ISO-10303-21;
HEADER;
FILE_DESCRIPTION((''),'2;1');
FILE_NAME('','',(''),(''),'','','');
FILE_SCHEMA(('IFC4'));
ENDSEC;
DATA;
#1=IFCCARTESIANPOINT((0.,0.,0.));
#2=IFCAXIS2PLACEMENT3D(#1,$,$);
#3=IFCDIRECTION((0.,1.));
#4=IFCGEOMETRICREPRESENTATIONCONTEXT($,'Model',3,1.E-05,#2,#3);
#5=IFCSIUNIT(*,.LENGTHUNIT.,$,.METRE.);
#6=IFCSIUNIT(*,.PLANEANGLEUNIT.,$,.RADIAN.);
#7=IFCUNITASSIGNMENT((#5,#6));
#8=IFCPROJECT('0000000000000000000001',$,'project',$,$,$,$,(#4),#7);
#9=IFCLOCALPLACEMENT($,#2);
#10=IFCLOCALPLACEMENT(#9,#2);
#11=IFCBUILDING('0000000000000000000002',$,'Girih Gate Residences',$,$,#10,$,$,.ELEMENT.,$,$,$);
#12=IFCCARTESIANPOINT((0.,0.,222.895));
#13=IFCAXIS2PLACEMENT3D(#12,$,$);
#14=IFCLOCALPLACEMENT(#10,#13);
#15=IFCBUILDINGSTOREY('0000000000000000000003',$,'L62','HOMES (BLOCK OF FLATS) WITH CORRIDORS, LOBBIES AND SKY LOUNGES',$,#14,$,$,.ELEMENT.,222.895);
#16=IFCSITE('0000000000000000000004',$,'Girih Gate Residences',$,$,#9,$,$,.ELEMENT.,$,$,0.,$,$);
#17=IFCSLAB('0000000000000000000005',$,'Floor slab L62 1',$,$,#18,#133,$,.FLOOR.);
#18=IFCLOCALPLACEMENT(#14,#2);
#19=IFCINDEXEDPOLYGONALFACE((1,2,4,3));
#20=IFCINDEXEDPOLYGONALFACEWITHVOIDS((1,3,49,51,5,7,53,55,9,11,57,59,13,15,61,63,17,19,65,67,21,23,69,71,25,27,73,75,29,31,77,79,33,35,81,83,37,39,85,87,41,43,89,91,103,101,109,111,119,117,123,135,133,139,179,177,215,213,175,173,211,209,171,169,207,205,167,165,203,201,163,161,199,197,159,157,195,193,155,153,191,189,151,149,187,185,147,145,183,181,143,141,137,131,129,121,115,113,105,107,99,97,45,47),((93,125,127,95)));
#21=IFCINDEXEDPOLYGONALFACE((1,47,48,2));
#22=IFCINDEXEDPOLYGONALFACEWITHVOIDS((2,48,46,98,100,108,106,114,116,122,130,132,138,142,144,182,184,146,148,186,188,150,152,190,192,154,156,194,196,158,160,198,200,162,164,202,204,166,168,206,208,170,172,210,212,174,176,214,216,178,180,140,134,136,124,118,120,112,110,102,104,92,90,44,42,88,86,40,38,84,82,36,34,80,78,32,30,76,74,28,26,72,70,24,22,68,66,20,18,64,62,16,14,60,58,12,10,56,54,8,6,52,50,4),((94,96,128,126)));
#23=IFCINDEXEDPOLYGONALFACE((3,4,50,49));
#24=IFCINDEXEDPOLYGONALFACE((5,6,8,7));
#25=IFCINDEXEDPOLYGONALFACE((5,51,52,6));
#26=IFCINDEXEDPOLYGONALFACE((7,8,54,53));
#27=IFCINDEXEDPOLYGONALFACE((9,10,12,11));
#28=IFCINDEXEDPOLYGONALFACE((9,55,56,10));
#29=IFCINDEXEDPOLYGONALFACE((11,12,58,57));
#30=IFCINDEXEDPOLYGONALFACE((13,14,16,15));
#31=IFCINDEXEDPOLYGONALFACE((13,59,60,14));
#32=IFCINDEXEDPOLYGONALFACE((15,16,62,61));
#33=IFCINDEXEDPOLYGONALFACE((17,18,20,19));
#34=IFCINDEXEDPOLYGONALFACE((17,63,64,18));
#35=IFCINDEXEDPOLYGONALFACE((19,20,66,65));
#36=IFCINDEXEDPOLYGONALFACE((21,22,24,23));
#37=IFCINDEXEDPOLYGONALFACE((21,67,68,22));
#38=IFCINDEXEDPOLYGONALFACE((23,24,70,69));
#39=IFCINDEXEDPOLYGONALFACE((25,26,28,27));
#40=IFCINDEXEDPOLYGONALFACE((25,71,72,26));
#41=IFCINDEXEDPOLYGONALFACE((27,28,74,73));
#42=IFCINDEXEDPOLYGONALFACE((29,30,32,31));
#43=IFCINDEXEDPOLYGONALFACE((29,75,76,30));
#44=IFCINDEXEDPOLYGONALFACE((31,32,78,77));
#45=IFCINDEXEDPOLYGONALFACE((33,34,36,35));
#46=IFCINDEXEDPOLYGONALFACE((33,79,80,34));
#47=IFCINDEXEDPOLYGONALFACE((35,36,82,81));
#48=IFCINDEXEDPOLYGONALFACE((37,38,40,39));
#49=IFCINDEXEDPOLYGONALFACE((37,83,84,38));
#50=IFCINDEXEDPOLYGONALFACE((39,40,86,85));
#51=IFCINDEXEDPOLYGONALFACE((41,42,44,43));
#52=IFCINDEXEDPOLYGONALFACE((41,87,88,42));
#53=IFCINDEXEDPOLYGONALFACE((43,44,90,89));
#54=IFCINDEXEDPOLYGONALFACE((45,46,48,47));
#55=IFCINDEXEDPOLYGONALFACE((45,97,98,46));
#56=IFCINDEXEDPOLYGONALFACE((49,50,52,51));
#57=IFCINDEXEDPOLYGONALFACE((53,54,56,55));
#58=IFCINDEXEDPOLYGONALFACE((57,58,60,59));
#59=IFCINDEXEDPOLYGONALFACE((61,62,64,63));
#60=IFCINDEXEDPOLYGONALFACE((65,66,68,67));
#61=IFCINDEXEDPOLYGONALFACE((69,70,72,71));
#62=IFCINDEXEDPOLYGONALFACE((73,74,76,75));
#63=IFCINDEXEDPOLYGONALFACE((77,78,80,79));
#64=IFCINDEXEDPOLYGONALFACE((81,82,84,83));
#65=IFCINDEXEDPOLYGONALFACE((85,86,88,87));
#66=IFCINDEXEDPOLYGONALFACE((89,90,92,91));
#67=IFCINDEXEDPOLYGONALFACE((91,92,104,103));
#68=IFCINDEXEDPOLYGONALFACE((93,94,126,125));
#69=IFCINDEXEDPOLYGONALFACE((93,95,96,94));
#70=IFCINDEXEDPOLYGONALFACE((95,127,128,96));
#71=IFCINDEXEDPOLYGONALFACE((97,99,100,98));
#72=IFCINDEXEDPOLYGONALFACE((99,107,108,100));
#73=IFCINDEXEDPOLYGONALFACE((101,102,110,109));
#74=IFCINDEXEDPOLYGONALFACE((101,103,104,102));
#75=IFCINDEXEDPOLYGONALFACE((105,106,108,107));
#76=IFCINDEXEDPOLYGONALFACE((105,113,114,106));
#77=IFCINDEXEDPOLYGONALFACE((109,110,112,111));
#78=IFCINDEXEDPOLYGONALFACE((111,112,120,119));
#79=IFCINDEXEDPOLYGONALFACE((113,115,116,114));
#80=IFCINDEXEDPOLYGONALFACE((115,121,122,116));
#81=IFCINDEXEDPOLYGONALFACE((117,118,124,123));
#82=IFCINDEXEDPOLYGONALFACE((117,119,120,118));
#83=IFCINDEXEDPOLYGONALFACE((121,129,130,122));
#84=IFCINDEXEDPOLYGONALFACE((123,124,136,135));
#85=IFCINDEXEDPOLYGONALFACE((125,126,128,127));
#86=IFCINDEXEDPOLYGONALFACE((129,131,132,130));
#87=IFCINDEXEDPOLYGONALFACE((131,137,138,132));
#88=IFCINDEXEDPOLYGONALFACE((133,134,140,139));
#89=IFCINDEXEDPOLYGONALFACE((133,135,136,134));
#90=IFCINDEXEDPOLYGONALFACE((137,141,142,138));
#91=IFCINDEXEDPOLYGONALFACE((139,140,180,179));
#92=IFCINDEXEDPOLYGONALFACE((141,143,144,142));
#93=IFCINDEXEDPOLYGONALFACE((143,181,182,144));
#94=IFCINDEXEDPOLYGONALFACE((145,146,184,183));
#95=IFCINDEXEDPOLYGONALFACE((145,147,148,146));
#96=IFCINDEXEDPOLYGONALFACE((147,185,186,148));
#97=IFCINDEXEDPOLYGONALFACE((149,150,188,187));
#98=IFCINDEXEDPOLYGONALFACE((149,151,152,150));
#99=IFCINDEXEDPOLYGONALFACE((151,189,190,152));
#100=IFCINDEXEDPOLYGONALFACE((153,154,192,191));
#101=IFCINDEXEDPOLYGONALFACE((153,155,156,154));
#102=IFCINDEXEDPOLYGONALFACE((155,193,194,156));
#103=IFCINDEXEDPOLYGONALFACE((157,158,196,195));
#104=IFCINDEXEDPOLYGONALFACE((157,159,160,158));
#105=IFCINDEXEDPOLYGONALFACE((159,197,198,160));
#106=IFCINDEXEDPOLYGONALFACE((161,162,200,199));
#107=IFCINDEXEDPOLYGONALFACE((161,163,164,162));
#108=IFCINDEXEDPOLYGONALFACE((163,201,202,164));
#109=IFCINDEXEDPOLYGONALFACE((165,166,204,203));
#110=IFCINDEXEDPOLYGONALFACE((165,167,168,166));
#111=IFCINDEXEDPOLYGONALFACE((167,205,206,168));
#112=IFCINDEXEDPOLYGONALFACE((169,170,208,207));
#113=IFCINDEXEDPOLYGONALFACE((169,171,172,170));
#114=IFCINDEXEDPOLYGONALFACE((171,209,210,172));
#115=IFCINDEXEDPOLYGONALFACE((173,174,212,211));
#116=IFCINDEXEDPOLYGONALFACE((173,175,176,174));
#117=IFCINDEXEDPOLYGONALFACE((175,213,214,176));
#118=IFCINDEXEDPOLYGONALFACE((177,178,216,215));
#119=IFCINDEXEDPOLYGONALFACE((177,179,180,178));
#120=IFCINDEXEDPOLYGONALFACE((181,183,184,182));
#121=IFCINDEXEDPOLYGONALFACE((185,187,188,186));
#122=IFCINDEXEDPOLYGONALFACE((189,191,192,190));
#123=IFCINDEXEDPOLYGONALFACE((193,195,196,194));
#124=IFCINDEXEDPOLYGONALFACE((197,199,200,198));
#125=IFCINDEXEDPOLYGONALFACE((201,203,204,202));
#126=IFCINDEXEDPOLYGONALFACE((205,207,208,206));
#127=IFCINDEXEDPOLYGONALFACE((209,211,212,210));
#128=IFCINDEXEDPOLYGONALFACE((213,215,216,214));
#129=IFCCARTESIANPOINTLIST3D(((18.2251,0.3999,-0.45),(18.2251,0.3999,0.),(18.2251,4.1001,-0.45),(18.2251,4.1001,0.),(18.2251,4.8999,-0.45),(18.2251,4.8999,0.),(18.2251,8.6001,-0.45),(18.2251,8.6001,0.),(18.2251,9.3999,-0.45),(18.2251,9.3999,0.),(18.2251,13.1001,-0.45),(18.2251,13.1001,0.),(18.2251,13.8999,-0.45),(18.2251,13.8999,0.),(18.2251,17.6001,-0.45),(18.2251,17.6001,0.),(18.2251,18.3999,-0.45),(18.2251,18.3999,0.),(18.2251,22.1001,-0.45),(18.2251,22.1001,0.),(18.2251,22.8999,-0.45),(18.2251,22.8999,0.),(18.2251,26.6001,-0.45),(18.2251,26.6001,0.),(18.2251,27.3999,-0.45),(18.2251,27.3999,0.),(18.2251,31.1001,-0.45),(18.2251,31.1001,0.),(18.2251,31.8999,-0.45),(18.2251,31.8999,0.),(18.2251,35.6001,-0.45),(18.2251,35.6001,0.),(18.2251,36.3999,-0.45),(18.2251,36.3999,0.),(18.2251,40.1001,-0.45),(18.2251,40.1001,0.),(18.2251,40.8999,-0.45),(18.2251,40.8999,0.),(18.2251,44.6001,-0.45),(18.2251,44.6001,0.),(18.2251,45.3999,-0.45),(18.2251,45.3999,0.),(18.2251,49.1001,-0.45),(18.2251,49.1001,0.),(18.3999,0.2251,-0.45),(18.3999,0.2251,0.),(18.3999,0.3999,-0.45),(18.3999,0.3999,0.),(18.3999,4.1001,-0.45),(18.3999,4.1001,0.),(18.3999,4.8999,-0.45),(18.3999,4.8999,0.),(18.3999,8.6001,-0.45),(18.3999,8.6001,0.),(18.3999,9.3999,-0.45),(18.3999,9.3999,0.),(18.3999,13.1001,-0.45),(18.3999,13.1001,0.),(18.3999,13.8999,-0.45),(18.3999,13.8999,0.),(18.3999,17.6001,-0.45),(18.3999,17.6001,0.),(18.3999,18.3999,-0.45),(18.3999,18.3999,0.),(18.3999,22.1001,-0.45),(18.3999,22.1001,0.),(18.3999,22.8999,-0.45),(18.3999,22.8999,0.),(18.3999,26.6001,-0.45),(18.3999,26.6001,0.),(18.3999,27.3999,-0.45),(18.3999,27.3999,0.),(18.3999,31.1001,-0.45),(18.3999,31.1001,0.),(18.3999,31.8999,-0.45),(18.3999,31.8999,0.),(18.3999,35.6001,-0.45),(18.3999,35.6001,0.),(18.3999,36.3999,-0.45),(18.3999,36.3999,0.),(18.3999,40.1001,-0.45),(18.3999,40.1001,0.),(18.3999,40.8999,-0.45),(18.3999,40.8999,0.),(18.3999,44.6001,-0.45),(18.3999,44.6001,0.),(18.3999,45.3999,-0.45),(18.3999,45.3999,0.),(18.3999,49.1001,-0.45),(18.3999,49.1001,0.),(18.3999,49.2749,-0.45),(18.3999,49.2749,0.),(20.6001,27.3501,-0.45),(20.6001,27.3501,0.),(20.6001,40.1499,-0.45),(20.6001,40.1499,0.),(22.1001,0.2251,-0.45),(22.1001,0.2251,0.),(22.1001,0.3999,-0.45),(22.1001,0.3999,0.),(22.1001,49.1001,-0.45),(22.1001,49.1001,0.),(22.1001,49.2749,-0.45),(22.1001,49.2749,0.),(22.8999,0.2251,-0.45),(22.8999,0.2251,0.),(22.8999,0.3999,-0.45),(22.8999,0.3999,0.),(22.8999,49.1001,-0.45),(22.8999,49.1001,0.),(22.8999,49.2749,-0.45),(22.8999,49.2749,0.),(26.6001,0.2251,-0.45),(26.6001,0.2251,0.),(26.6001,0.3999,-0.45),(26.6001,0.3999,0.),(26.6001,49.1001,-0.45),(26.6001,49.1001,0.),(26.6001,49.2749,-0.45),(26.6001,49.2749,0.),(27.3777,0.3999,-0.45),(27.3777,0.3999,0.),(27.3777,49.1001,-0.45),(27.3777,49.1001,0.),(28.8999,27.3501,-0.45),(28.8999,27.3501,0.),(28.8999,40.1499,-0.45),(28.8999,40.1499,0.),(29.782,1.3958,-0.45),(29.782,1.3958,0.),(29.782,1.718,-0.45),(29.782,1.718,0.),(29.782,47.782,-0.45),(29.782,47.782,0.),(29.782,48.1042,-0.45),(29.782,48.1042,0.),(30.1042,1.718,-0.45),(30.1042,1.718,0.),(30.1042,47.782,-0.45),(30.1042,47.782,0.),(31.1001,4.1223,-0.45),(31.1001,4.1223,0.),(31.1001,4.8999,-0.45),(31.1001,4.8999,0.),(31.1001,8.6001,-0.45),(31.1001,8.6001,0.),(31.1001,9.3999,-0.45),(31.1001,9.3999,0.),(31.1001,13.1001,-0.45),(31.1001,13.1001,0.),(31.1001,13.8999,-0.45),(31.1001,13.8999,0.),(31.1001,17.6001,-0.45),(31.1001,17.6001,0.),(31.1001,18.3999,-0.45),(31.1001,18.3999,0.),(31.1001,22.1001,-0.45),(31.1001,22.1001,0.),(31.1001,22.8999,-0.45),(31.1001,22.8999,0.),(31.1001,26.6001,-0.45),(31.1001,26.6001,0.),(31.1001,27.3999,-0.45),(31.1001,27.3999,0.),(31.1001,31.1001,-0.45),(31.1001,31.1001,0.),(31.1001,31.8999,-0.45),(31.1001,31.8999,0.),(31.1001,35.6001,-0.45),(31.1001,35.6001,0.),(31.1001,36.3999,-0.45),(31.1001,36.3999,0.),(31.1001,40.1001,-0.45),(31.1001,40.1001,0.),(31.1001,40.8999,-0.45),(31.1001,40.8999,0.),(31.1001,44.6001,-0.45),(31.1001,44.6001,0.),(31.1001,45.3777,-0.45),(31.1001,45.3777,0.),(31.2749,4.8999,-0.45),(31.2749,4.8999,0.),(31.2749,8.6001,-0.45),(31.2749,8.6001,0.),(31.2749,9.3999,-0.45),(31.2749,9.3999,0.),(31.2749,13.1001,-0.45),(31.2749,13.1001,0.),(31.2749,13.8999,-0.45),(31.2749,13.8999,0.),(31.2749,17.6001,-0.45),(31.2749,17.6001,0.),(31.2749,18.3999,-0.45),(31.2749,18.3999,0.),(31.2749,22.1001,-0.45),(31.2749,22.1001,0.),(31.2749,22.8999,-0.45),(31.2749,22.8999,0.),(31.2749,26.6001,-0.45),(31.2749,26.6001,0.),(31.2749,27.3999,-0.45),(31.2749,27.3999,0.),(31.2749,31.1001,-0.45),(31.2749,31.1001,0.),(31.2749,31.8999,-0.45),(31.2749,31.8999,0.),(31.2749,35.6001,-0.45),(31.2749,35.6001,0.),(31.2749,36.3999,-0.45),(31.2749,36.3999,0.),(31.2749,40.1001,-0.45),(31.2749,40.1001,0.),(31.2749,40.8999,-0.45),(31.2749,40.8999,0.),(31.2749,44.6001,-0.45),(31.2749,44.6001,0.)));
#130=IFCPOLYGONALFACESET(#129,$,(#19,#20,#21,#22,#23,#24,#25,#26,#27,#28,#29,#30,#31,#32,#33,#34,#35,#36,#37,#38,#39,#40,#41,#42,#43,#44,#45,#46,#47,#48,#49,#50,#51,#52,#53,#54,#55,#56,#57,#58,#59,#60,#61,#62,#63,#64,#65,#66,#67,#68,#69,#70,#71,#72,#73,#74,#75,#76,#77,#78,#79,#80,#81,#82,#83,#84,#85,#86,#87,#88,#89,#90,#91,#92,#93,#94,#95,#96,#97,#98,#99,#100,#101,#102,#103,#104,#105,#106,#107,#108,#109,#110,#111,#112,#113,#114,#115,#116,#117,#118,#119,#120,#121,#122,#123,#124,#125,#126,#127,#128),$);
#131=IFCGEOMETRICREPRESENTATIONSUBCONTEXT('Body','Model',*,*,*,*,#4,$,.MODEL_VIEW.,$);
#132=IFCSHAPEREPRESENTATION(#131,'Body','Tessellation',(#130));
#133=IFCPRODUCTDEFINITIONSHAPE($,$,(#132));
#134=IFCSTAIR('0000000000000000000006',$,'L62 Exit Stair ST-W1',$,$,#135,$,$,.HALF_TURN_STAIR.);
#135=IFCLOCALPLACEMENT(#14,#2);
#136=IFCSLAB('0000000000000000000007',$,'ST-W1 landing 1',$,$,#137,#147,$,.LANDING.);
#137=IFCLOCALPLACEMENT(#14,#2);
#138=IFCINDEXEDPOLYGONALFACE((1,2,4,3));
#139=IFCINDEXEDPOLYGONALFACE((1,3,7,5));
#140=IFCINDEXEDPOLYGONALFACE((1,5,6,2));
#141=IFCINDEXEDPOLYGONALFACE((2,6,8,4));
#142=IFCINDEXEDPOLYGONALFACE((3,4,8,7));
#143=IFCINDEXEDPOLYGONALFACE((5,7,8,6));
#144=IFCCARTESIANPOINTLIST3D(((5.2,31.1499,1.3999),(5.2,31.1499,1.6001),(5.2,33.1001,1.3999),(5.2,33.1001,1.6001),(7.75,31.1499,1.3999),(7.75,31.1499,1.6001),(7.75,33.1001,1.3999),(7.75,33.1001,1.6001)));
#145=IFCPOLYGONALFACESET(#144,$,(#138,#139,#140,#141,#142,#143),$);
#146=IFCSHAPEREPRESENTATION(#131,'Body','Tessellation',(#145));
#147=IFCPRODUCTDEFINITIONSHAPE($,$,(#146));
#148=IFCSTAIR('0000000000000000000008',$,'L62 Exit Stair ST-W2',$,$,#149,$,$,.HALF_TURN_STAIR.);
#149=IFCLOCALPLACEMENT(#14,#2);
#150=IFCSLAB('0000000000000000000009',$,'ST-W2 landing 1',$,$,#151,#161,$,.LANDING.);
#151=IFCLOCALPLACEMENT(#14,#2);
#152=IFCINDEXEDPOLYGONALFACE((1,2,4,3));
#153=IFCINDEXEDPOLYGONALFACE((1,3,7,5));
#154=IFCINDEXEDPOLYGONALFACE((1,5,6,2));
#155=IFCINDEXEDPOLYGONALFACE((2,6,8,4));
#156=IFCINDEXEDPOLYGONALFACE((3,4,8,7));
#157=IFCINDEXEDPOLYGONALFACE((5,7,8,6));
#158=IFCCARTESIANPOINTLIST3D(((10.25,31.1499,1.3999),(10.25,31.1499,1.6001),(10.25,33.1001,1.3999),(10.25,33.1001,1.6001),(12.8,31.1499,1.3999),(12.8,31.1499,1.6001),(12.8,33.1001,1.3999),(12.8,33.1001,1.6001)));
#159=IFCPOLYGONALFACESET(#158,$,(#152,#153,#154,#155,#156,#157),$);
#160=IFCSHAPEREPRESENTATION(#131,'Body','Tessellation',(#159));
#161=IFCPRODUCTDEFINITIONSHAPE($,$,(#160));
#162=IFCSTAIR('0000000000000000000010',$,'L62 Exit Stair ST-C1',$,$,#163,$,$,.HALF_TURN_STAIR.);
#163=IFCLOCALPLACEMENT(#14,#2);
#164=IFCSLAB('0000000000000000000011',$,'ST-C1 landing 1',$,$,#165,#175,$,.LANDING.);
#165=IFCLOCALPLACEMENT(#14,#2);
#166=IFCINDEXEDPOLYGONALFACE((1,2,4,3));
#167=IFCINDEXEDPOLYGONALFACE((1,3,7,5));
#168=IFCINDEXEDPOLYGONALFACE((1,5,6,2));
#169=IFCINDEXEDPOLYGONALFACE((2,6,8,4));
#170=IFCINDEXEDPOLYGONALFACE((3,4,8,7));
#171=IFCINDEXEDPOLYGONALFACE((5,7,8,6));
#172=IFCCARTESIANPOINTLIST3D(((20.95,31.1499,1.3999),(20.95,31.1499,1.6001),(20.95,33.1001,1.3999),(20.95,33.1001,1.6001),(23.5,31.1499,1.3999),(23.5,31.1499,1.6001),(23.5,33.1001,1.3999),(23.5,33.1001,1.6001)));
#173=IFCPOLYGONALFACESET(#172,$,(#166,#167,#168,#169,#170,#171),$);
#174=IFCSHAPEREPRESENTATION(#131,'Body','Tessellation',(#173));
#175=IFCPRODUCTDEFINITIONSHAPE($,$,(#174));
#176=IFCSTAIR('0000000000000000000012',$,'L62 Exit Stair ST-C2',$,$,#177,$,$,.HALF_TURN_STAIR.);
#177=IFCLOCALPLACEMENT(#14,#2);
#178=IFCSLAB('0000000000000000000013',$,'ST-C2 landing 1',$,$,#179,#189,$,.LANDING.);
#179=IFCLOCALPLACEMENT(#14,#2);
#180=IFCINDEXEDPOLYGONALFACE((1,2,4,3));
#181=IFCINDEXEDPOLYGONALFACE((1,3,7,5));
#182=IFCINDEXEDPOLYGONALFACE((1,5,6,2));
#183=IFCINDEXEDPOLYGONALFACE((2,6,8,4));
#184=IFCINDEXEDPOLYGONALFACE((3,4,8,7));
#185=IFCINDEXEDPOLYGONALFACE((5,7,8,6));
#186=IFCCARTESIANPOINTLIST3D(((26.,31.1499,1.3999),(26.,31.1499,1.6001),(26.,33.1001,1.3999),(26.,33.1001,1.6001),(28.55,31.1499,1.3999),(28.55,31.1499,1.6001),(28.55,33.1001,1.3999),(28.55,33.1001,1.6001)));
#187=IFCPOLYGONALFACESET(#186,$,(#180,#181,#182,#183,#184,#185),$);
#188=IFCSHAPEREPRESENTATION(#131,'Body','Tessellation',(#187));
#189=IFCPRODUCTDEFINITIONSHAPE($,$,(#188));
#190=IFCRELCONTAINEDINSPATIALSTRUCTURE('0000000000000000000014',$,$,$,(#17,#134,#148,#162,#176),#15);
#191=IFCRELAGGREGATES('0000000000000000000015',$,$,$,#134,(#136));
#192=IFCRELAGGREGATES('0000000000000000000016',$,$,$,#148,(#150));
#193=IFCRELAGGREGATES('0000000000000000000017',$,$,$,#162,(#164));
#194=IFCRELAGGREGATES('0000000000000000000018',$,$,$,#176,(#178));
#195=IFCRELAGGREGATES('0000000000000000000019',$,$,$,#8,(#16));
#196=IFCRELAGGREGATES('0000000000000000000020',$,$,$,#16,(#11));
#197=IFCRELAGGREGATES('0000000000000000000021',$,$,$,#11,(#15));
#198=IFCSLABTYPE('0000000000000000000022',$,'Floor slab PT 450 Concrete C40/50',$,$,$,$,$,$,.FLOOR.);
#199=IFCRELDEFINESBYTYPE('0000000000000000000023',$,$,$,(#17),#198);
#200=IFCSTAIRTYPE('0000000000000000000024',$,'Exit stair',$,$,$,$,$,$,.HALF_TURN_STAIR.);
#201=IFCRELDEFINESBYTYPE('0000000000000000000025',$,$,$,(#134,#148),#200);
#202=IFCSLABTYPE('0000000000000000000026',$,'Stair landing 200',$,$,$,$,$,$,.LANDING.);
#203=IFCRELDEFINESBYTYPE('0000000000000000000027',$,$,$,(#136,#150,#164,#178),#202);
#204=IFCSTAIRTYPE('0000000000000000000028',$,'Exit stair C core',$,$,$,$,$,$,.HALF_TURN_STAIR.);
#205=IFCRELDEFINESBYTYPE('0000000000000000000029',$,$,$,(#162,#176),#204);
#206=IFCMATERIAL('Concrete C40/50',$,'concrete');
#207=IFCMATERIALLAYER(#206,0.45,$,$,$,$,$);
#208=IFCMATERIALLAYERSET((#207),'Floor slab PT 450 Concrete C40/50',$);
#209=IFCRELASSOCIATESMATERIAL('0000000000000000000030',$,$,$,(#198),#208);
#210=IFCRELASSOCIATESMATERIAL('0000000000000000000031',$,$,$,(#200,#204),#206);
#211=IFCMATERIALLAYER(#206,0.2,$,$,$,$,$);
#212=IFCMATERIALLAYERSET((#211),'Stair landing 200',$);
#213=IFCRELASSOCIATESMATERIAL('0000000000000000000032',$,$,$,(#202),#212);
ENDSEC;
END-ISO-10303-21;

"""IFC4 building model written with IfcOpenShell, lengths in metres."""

from ifc_helpers import new_model, si_unit, direction, frame, origin, place, context, subcontext, project, spatial, polyline, outline, extrude, material, layer, layer_set, type_object, element, aggregate, save


model = new_model("IFC4")

# Units and contexts
model_context = context("Model", 3, precision=1e-05, world=origin(), true_north=direction((0.0, 1.0)))
body_context = subcontext(model_context, "Body", "Model", "MODEL_VIEW")
ifc_project = project(units=[si_unit("LENGTHUNIT", "METRE"), si_unit("PLANEANGLEUNIT", "RADIAN")], contexts=[model_context])

# Site, building, storey
site_placement = place(None, origin())
site = spatial("IfcSite", under=ifc_project, at=site_placement, Name="Girih Gate Residences", CompositionType="ELEMENT", RefElevation=0.0)
building_placement = place(site_placement, origin())
building = spatial("IfcBuilding", under=site, at=building_placement, Name="Girih Gate Residences", CompositionType="ELEMENT")
storey_placement = place(building_placement, frame((0.0, 0.0, 222.895)))
storey = spatial("IfcBuildingStorey", under=building, at=storey_placement, Name="L62", Description="HOMES (BLOCK OF FLATS) WITH CORRIDORS, LOBBIES AND SKY LOUNGES", CompositionType="ELEMENT", Elevation=222.895)

# Slab
ifc_material_1 = material(Name="Concrete C40/50", Category="concrete")
ifc_layer_1 = layer(ifc_material_1, 0.45)
ifc_layer_set_1 = layer_set([ifc_layer_1], Name="Floor slab PT 450 Concrete C40/50")
slab_type_1 = type_object("IfcSlabType", Name="Floor slab PT 450 Concrete C40/50", PredefinedType="FLOOR", material=ifc_layer_set_1)
slab_1_placement = place(storey_placement, frame((0.0, 0.0, -0.45)))
element("IfcSlab", 1, at=slab_1_placement, inside=storey, type_object=slab_type_1, Name="Floor slab L62 1", PredefinedType="FLOOR", context=body_context, shape_type="SweptSolid", body=[
    extrude(outline(polyline([(22.8999, 0.2251), (26.6001, 0.2251), (26.6001, 0.3999), (27.3777, 0.3999), (29.782, 1.3958), (29.782, 1.718), (30.1042, 1.718), (31.1001, 4.1223), (31.1001, 4.8999), (31.2749, 4.8999), (31.2749, 8.6001), (31.1001, 8.6001), (31.1001, 9.3999), (31.2749, 9.3999), (31.2749, 13.1001), (31.1001, 13.1001), (31.1001, 13.8999), (31.2749, 13.8999), (31.2749, 17.6001), (31.1001, 17.6001), (31.1001, 18.3999), (31.2749, 18.3999), (31.2749, 22.1001), (31.1001, 22.1001), (31.1001, 22.8999), (31.2749, 22.8999), (31.2749, 26.6001), (31.1001, 26.6001), (31.1001, 27.3999), (31.2749, 27.3999), (31.2749, 31.1001), (31.1001, 31.1001), (31.1001, 31.8999), (31.2749, 31.8999), (31.2749, 35.6001), (31.1001, 35.6001), (31.1001, 36.3999), (31.2749, 36.3999), (31.2749, 40.1001), (31.1001, 40.1001), (31.1001, 40.8999), (31.2749, 40.8999), (31.2749, 44.6001), (31.1001, 44.6001), (31.1001, 45.3777), (30.1042, 47.782), (29.782, 47.782), (29.782, 48.1042), (27.3777, 49.1001), (26.6001, 49.1001), (26.6001, 49.2749), (22.8999, 49.2749), (22.8999, 49.1001), (22.1001, 49.1001), (22.1001, 49.2749), (18.3999, 49.2749), (18.3999, 49.1001), (18.2251, 49.1001), (18.2251, 45.3999), (18.3999, 45.3999), (18.3999, 44.6001), (18.2251, 44.6001), (18.2251, 40.8999), (18.3999, 40.8999), (18.3999, 40.1001), (18.2251, 40.1001), (18.2251, 36.3999), (18.3999, 36.3999), (18.3999, 35.6001), (18.2251, 35.6001), (18.2251, 31.8999), (18.3999, 31.8999), (18.3999, 31.1001), (18.2251, 31.1001), (18.2251, 27.3999), (18.3999, 27.3999), (18.3999, 26.6001), (18.2251, 26.6001), (18.2251, 22.8999), (18.3999, 22.8999), (18.3999, 22.1001), (18.2251, 22.1001), (18.2251, 18.3999), (18.3999, 18.3999), (18.3999, 17.6001), (18.2251, 17.6001), (18.2251, 13.8999), (18.3999, 13.8999), (18.3999, 13.1001), (18.2251, 13.1001), (18.2251, 9.3999), (18.3999, 9.3999), (18.3999, 8.6001), (18.2251, 8.6001), (18.2251, 4.8999), (18.3999, 4.8999), (18.3999, 4.1001), (18.2251, 4.1001), (18.2251, 0.3999), (18.3999, 0.3999), (18.3999, 0.2251), (22.1001, 0.2251), (22.1001, 0.3999), (22.8999, 0.3999), (22.8999, 0.2251)]), holes=[polyline([(28.8999, 40.1499), (28.8999, 27.3501), (20.6001, 27.3501), (20.6001, 40.1499), (28.8999, 40.1499)])]), origin(), (0.0, 0.0, 1.0), 0.45),
])

# Stairs, slabs
stair_type_1 = type_object("IfcStairType", Name="Exit stair", PredefinedType="HALF_TURN_STAIR", material=ifc_material_1)
stair_1_placement = place(storey_placement, origin())
stair_1 = element("IfcStair", 2, at=stair_1_placement, inside=storey, type_object=stair_type_1, Name="L62 Exit Stair ST-W1", PredefinedType="HALF_TURN_STAIR")
ifc_layer_2 = layer(ifc_material_1, 0.2)
ifc_layer_set_2 = layer_set([ifc_layer_2], Name="Stair landing 200")
slab_type_2 = type_object("IfcSlabType", Name="Stair landing 200", PredefinedType="LANDING", material=ifc_layer_set_2)
slab_2_placement = place(storey_placement, frame((0.0, 0.0, 1.3999)))
slab_2 = element("IfcSlab", 3, at=slab_2_placement, type_object=slab_type_2, Name="ST-W1 landing 1", PredefinedType="LANDING", context=body_context, shape_type="SweptSolid", body=[
    extrude(outline(polyline([(7.75, 31.1499), (7.75, 33.1001), (5.2, 33.1001), (5.2, 31.1499), (7.75, 31.1499)])), origin(), (0.0, 0.0, 1.0), 0.2002),
])
aggregate(stair_1, [slab_2])
stair_2_placement = place(storey_placement, origin())
stair_2 = element("IfcStair", 4, at=stair_2_placement, inside=storey, type_object=stair_type_1, Name="L62 Exit Stair ST-W2", PredefinedType="HALF_TURN_STAIR")
slab_3_placement = place(storey_placement, frame((0.0, 0.0, 1.3999)))
slab_3 = element("IfcSlab", 5, at=slab_3_placement, type_object=slab_type_2, Name="ST-W2 landing 1", PredefinedType="LANDING", context=body_context, shape_type="SweptSolid", body=[
    extrude(outline(polyline([(12.8, 31.1499), (12.8, 33.1001), (10.25, 33.1001), (10.25, 31.1499), (12.8, 31.1499)])), origin(), (0.0, 0.0, 1.0), 0.2002),
])
aggregate(stair_2, [slab_3])
stair_type_2 = type_object("IfcStairType", Name="Exit stair C core", PredefinedType="HALF_TURN_STAIR", material=ifc_material_1)
stair_3_placement = place(storey_placement, origin())
stair_3 = element("IfcStair", 6, at=stair_3_placement, inside=storey, type_object=stair_type_2, Name="L62 Exit Stair ST-C1", PredefinedType="HALF_TURN_STAIR")
slab_4_placement = place(storey_placement, frame((0.0, 0.0, 1.3999)))
slab_4 = element("IfcSlab", 7, at=slab_4_placement, type_object=slab_type_2, Name="ST-C1 landing 1", PredefinedType="LANDING", context=body_context, shape_type="SweptSolid", body=[
    extrude(outline(polyline([(23.5, 31.1499), (23.5, 33.1001), (20.95, 33.1001), (20.95, 31.1499), (23.5, 31.1499)])), origin(), (0.0, 0.0, 1.0), 0.2002),
])
aggregate(stair_3, [slab_4])
stair_4_placement = place(storey_placement, origin())
stair_4 = element("IfcStair", 8, at=stair_4_placement, inside=storey, type_object=stair_type_2, Name="L62 Exit Stair ST-C2", PredefinedType="HALF_TURN_STAIR")
slab_5_placement = place(storey_placement, frame((0.0, 0.0, 1.3999)))
slab_5 = element("IfcSlab", 9, at=slab_5_placement, type_object=slab_type_2, Name="ST-C2 landing 1", PredefinedType="LANDING", context=body_context, shape_type="SweptSolid", body=[
    extrude(outline(polyline([(28.55, 31.1499), (28.55, 33.1001), (26.0, 33.1001), (26.0, 31.1499), (28.55, 31.1499)])), origin(), (0.0, 0.0, 1.0), 0.2002),
])
aggregate(stair_4, [slab_5])

save(model, "model.ifc")
